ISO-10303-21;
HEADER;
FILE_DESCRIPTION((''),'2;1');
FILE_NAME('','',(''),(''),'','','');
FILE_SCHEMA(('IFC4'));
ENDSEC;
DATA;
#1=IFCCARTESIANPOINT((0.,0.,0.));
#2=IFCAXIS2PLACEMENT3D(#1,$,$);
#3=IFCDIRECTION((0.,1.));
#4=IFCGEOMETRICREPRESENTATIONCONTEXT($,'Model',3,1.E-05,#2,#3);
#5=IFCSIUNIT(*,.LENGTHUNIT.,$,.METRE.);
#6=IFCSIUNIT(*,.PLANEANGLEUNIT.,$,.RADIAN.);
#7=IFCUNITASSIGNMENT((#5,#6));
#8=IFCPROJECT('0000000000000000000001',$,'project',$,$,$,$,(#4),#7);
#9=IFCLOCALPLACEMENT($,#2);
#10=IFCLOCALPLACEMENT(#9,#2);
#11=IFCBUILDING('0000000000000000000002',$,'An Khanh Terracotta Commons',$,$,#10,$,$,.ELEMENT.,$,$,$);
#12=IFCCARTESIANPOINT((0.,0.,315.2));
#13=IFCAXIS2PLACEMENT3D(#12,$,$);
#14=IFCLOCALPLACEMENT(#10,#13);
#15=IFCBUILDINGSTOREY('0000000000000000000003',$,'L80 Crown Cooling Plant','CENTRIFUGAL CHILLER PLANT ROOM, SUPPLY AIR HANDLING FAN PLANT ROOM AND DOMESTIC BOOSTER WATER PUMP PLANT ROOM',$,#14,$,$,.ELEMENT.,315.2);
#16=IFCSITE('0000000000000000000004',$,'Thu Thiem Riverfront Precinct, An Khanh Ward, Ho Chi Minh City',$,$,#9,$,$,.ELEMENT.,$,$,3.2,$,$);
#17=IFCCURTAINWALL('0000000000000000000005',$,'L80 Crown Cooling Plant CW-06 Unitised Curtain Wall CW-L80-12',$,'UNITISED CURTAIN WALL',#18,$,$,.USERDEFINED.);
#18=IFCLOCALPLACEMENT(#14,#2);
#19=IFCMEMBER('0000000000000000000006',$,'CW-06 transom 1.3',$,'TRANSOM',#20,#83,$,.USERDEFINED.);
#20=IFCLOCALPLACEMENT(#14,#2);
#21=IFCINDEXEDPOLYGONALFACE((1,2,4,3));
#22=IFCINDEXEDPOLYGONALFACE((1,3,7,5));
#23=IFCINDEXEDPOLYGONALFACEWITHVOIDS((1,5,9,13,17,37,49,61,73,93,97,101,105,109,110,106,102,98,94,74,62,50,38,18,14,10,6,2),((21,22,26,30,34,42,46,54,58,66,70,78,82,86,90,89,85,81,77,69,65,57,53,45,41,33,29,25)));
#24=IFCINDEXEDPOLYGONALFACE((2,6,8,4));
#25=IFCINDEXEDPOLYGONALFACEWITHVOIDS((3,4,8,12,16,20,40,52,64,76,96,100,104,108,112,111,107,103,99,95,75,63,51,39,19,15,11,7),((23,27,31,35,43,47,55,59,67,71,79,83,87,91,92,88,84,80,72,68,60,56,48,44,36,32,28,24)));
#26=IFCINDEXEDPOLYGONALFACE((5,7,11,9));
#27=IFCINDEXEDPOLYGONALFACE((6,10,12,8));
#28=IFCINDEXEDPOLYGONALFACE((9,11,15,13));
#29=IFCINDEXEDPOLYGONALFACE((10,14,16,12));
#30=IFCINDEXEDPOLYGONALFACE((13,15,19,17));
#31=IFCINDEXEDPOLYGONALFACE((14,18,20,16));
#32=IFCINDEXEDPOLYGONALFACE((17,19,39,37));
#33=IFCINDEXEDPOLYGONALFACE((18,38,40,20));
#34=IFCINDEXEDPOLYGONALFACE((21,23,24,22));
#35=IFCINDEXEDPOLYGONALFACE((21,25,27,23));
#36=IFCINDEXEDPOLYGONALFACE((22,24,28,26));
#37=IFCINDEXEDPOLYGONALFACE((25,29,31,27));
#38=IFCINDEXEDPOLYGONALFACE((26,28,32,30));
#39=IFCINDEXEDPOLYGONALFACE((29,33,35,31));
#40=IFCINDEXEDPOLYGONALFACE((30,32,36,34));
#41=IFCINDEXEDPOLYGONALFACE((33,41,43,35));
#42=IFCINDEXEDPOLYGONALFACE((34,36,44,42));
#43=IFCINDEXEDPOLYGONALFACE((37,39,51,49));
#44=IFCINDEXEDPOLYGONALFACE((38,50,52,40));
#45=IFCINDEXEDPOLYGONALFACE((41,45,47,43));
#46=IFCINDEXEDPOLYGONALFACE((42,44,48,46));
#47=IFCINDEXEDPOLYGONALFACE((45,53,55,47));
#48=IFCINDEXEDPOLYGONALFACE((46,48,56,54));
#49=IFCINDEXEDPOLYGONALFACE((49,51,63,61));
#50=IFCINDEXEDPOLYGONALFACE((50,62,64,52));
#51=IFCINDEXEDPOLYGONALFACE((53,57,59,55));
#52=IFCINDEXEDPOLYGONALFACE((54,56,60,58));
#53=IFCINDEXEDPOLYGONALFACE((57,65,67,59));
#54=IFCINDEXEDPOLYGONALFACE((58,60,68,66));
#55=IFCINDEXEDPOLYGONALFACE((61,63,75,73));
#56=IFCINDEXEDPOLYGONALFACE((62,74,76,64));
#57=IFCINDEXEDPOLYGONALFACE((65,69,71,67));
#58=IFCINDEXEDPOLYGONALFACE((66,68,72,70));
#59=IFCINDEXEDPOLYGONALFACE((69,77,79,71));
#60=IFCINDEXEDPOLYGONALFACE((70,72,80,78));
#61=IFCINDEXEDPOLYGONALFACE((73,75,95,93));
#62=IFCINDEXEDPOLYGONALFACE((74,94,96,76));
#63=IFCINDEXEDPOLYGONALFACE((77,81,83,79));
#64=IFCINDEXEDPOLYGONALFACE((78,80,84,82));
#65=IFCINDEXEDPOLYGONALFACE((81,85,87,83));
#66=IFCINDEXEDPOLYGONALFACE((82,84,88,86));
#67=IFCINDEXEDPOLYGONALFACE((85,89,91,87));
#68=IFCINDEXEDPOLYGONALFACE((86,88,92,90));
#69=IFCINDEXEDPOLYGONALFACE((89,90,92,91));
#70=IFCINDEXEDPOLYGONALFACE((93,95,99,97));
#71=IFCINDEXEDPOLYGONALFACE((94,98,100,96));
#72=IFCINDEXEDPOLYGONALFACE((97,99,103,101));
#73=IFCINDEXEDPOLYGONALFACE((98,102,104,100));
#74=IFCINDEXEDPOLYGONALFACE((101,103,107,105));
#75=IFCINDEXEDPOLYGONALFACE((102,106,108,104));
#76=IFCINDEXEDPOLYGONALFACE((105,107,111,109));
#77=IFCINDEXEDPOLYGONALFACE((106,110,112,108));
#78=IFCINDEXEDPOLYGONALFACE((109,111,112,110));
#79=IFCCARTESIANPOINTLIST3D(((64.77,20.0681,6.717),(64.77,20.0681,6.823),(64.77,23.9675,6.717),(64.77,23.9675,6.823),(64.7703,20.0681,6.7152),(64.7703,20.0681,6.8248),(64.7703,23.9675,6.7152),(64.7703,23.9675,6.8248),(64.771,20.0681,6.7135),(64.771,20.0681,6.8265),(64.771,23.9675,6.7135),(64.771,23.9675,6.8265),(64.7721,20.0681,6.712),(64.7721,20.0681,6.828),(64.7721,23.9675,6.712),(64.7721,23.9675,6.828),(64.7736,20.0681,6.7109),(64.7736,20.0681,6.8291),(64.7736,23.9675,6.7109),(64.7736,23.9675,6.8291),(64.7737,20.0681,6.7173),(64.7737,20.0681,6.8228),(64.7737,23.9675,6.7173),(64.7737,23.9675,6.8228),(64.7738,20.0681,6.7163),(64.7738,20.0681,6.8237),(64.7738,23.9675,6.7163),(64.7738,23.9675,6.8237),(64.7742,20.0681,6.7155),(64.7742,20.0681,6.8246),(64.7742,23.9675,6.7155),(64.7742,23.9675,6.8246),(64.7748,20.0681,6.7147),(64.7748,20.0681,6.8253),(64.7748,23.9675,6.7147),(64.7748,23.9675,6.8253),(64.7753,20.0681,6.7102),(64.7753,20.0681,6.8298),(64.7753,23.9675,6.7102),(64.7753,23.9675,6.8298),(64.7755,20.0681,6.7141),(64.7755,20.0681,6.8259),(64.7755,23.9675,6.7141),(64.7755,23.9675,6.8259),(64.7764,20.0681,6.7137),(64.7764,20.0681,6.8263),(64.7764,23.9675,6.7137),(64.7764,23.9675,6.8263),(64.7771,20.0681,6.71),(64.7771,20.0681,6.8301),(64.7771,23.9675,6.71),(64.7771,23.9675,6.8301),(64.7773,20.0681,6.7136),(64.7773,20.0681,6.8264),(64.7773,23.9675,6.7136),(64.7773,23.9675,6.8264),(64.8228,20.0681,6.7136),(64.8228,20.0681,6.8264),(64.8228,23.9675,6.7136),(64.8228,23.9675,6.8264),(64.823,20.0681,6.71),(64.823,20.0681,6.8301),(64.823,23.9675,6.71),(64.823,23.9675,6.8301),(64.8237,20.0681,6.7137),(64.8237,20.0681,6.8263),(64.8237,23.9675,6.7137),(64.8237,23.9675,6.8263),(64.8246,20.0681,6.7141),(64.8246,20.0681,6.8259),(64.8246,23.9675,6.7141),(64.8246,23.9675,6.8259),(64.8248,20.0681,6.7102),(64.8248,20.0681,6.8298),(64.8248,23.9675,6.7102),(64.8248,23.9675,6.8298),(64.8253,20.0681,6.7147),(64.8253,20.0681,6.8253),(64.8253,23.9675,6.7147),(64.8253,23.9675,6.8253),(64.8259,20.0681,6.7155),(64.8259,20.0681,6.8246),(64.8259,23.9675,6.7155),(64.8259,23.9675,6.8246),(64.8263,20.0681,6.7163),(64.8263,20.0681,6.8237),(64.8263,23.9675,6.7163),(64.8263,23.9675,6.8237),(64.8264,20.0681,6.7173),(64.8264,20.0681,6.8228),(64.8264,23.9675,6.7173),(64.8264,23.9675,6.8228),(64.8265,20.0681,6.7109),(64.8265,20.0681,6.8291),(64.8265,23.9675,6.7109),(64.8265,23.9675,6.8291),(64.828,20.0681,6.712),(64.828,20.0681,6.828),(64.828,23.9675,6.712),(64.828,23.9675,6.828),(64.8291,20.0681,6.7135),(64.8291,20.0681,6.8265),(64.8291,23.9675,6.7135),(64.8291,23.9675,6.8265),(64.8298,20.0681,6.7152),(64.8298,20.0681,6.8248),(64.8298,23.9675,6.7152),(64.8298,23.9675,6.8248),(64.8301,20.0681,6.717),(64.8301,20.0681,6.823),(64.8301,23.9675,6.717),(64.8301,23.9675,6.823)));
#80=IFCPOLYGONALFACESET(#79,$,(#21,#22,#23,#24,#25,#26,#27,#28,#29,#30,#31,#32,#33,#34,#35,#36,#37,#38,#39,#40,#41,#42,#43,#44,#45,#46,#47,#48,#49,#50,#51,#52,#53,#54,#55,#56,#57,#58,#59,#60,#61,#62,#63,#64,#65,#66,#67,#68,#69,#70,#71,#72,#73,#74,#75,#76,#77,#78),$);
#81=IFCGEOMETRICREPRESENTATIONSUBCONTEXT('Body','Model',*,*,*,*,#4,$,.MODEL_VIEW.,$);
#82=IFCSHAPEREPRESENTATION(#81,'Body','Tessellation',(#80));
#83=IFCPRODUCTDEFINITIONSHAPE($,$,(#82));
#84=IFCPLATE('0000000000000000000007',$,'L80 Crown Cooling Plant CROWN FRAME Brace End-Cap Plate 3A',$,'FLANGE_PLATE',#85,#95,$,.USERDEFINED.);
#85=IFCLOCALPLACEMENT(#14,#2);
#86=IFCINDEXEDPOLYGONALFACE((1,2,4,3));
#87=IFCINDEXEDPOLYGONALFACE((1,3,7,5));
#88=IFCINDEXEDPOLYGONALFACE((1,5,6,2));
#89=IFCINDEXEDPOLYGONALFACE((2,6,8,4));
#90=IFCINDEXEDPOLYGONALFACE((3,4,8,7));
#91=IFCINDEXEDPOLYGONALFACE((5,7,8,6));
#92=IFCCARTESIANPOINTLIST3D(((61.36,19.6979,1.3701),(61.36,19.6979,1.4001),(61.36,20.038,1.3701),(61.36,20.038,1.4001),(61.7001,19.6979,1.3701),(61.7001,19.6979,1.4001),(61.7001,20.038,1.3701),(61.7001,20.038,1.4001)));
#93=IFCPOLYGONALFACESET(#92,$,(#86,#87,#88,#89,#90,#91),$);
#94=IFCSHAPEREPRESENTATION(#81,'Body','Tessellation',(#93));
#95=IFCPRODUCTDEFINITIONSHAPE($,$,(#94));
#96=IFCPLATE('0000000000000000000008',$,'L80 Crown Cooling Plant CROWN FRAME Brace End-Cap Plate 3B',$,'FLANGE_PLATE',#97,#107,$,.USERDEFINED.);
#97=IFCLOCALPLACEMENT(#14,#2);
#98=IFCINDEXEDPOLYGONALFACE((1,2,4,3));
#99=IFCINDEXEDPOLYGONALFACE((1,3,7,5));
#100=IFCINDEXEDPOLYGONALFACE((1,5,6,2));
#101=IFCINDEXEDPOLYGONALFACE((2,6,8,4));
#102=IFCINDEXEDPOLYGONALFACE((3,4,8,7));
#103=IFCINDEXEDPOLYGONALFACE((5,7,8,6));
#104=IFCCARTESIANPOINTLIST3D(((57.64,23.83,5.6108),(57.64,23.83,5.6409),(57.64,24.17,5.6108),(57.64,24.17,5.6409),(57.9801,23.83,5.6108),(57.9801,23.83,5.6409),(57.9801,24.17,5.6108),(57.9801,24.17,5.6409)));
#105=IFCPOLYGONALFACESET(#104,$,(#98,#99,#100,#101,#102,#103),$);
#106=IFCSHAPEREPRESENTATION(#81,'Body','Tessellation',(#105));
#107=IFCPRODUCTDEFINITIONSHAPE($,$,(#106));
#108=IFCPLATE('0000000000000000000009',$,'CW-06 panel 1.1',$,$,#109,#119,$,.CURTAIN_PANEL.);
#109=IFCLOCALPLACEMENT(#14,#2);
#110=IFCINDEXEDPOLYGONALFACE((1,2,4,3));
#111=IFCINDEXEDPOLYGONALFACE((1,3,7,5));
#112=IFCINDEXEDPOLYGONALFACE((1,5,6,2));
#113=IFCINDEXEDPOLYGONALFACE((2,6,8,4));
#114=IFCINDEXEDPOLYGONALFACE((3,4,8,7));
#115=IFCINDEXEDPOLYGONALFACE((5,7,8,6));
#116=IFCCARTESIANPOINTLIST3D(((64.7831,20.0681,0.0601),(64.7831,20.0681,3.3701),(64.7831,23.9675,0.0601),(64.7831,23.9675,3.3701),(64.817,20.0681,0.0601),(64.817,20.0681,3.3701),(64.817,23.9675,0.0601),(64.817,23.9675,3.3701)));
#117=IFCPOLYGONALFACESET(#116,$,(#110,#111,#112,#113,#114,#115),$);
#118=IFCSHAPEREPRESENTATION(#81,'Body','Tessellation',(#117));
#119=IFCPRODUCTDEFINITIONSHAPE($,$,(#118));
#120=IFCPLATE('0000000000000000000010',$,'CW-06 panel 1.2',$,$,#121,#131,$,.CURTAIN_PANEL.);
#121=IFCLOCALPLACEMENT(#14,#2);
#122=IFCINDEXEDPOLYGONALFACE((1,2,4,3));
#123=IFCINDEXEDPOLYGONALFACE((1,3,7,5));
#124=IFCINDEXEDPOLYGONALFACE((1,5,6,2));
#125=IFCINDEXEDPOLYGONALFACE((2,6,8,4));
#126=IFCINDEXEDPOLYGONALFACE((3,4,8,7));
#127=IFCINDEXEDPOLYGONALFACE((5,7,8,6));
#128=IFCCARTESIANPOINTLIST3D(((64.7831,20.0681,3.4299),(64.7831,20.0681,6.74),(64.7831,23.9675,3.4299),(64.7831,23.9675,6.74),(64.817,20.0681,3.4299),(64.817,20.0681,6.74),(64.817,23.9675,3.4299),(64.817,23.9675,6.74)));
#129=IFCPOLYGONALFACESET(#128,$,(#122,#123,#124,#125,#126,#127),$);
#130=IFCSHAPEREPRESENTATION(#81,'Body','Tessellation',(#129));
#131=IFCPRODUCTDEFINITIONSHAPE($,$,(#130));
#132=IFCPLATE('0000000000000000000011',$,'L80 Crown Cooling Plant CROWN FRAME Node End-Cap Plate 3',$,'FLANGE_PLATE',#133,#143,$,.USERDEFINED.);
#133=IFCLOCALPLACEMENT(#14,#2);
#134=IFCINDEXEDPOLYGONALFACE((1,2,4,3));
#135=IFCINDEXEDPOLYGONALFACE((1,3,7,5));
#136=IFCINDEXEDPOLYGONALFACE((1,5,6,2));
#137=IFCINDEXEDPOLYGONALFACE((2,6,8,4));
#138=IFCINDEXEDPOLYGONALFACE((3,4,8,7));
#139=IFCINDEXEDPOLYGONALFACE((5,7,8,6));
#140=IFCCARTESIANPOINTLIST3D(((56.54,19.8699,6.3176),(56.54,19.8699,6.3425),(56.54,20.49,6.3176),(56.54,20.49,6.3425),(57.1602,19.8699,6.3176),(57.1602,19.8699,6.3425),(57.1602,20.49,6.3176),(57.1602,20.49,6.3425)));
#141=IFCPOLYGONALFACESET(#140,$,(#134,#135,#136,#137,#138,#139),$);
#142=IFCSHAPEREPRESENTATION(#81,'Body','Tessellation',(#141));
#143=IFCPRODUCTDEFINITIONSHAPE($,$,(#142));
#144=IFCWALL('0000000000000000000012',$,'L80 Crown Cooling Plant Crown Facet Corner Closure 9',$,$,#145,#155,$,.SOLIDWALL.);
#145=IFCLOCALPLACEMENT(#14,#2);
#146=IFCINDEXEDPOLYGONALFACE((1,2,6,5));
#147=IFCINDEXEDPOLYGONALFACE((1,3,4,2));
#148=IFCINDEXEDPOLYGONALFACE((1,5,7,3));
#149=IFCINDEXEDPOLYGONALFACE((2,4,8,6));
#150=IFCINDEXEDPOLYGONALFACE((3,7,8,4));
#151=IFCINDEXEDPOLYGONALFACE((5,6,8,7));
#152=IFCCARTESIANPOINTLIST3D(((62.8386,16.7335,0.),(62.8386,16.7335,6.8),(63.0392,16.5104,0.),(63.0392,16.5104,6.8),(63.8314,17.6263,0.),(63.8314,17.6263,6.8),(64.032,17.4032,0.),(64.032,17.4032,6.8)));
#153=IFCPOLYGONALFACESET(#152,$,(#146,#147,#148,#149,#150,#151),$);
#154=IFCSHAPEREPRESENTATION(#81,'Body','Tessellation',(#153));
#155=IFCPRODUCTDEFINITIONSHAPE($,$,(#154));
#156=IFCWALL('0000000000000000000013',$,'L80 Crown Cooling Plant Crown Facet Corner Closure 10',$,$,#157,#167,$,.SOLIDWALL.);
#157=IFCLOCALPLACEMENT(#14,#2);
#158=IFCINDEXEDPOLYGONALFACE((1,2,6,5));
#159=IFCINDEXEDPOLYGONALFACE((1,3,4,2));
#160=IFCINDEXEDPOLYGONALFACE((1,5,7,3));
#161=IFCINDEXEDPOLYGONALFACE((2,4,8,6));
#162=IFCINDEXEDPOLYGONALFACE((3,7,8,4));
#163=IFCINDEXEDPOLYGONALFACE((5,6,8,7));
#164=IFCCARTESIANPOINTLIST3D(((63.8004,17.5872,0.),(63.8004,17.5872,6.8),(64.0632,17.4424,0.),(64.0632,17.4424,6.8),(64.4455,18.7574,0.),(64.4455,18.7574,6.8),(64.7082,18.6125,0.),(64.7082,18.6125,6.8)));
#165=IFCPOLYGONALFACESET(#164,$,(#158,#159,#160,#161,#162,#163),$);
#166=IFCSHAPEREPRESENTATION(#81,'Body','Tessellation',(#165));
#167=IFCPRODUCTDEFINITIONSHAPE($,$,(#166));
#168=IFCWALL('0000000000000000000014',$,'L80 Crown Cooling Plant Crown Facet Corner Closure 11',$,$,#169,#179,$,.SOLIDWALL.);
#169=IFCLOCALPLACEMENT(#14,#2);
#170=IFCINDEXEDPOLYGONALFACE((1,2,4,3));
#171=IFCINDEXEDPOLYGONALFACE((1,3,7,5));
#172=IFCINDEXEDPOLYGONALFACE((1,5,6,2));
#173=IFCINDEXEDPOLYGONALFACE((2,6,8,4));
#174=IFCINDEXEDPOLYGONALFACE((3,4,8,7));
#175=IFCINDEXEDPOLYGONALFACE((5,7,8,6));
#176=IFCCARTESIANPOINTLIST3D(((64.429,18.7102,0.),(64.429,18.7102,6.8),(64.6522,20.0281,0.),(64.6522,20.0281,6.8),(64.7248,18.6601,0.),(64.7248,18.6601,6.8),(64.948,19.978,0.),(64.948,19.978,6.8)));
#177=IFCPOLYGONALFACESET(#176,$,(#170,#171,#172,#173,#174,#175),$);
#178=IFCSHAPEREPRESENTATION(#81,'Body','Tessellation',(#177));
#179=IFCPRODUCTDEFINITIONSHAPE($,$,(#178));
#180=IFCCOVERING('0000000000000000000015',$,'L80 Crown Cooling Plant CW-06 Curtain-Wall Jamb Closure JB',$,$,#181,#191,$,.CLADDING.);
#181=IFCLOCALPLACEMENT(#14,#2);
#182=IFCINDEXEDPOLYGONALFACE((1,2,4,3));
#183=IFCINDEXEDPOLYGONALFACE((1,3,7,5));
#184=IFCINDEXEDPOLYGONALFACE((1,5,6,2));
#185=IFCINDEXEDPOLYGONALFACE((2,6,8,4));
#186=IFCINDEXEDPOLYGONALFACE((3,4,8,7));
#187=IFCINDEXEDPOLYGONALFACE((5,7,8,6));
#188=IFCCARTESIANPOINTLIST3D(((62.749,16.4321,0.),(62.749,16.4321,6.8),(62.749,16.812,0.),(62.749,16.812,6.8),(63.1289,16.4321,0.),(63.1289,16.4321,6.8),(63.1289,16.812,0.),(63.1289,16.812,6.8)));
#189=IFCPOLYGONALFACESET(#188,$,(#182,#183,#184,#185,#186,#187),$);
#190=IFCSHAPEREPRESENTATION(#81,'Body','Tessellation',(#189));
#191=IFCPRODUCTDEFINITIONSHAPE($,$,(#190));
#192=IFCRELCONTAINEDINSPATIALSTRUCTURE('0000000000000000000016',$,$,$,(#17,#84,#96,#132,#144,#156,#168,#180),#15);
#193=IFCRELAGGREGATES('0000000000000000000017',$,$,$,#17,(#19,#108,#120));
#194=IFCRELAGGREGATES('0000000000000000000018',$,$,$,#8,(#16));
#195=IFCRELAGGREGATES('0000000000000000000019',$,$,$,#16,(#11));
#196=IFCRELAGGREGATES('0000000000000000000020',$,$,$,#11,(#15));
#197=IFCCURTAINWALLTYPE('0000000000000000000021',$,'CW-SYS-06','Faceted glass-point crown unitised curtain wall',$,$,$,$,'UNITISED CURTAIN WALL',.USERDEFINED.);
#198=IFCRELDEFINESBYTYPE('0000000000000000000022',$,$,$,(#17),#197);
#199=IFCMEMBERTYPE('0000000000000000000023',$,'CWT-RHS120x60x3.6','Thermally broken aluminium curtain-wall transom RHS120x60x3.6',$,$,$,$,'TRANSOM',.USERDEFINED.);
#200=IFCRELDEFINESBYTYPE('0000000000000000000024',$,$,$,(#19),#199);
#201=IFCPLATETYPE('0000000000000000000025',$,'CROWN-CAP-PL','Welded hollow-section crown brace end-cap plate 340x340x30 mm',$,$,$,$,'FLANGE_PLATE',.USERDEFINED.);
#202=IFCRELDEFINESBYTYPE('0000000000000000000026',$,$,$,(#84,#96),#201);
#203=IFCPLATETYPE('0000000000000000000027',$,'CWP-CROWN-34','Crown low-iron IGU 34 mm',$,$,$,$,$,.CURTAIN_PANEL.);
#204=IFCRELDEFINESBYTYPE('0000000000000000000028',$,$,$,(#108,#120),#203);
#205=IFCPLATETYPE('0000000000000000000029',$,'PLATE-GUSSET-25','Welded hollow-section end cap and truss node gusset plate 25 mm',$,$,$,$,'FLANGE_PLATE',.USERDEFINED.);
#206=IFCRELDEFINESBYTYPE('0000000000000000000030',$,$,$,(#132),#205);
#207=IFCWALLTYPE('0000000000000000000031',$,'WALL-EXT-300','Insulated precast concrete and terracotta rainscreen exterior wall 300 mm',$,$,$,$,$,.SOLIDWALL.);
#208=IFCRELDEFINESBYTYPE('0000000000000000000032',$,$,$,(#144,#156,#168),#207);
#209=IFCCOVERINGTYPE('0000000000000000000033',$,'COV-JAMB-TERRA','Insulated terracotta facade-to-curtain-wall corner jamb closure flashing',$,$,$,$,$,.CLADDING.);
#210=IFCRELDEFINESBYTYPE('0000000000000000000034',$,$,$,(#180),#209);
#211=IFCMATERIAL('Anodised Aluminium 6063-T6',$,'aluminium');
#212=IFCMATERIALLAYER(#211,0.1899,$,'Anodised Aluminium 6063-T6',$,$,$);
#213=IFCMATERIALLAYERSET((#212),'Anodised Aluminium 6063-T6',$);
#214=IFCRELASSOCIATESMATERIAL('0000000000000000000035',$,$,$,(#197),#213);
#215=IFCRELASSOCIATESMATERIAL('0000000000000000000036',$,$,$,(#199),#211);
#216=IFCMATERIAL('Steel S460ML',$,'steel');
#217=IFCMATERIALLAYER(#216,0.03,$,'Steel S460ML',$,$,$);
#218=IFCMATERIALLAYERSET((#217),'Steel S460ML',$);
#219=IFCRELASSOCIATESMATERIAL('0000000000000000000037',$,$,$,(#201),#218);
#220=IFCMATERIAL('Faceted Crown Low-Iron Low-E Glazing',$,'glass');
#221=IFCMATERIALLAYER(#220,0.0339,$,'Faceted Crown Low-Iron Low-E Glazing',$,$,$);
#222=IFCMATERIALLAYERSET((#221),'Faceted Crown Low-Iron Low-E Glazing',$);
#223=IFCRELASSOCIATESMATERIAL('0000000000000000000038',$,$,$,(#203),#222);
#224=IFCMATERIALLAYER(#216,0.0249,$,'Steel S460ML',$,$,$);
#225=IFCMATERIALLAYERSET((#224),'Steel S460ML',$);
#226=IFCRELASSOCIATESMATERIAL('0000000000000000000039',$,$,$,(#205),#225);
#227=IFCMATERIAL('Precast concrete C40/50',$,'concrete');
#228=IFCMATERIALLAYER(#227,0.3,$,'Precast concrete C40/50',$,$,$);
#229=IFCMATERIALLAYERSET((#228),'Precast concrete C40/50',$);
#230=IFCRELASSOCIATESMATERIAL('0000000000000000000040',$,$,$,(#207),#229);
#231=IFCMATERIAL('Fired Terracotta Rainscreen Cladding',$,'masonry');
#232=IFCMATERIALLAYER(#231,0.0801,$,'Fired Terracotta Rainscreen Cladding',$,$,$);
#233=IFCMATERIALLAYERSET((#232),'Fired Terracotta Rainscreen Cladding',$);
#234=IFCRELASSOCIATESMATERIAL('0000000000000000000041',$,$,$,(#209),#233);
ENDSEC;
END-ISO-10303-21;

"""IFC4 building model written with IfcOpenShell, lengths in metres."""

from ifc_helpers import new_model, si_unit, direction, frame, frame_2d, origin, origin_2d, place, context, subcontext, project, spatial, rectangle, hollow_rectangle, extrude, material, layer, layer_set, material_profile, profile_set, type_object, element, aggregate, save


model = new_model("IFC4")

# Units and contexts
model_context = context("Model", 3, precision=1e-05, world=origin(), true_north=direction((0.0, 1.0)))
body_context = subcontext(model_context, "Body", "Model", "MODEL_VIEW")
ifc_project = project(units=[si_unit("LENGTHUNIT", "METRE"), si_unit("PLANEANGLEUNIT", "RADIAN")], contexts=[model_context])

# Site, building, storey
site_placement = place(None, origin())
site = spatial("IfcSite", under=ifc_project, at=site_placement, Name="Thu Thiem Riverfront Precinct, An Khanh Ward, Ho Chi Minh City", CompositionType="ELEMENT", RefElevation=3.2)
building_placement = place(site_placement, origin())
building = spatial("IfcBuilding", under=site, at=building_placement, Name="An Khanh Terracotta Commons", CompositionType="ELEMENT")
storey_placement = place(building_placement, frame((0.0, 0.0, 315.2)))
storey = spatial("IfcBuildingStorey", under=building, at=storey_placement, Name="L80 Crown Cooling Plant", Description="CENTRIFUGAL CHILLER PLANT ROOM, SUPPLY AIR HANDLING FAN PLANT ROOM AND DOMESTIC BOOSTER WATER PUMP PLANT ROOM", CompositionType="ELEMENT", Elevation=315.2)

# Shared definitions
ifc_material_1 = material(Name="Steel S460ML", Category="steel")

# Shared definitions
ifc_material_2 = material(Name="Anodised Aluminium 6063-T6", Category="aluminium")
ifc_layer_1 = layer(ifc_material_2, 0.1899, Name="Anodised Aluminium 6063-T6")
ifc_layer_set_1 = layer_set([ifc_layer_1], Name="Anodised Aluminium 6063-T6")
curtain_wall_type = type_object("IfcCurtainWallType", Name="CW-SYS-06", Description="Faceted glass-point crown unitised curtain wall", ElementType="UNITISED CURTAIN WALL", PredefinedType="USERDEFINED", material=ifc_layer_set_1)

# Curtain wall, member
curtain_wall_1_placement = place(storey_placement, origin())
curtain_wall_1 = element("IfcCurtainWall", 1, at=curtain_wall_1_placement, inside=storey, type_object=curtain_wall_type, Name="L80 Crown Cooling Plant CW-06 Unitised Curtain Wall CW-L80-12", ObjectType="UNITISED CURTAIN WALL", PredefinedType="USERDEFINED")
ifc_material_profile_1 = material_profile(ifc_material_2, hollow_rectangle(XDim=0.0601, YDim=0.1201, WallThickness=0.0037, InnerFilletRadius=0.0037, OuterFilletRadius=0.0071, at=origin_2d()), Name="RHS120x60x3.6")
ifc_profile_set_1 = profile_set([ifc_material_profile_1], Name="Anodised Aluminium 6063-T6")
member_type_1 = type_object("IfcMemberType", Name="CWT-RHS120x60x3.6", Description="Thermally broken aluminium curtain-wall transom RHS120x60x3.6", ElementType="TRANSOM", PredefinedType="USERDEFINED", material=ifc_profile_set_1)
member_1_placement = place(storey_placement, frame((64.8, 20.0681, 6.77), z_axis=(0.0, 1.0, 0.0), x_axis=(-1.0, 0.0, 0.0)))
member_1 = element("IfcMember", 2, at=member_1_placement, type_object=member_type_1, Name="CW-06 transom 1.3", ObjectType="TRANSOM", PredefinedType="USERDEFINED", context=body_context, shape_type="SweptSolid", body=[
    extrude(hollow_rectangle(XDim=0.0601, YDim=0.1201, WallThickness=0.0037, InnerFilletRadius=0.0037, OuterFilletRadius=0.0071, at=origin_2d()), origin(), (0.0, 0.0, 1.0), 3.8994),
])

# Plates
ifc_layer_2 = layer(ifc_material_1, 0.03, Name="Steel S460ML")
ifc_layer_set_2 = layer_set([ifc_layer_2], Name="Steel S460ML")
plate_type_1 = type_object("IfcPlateType", Name="CROWN-CAP-PL", Description="Welded hollow-section crown brace end-cap plate 340x340x30 mm", ElementType="FLANGE_PLATE", PredefinedType="USERDEFINED", material=ifc_layer_set_2)
for number, where, z_axis, x_axis, name in (
    (3, (61.53, 19.8679, 1.3701), (0.0, 0.0, 1.0), (1.0, 0.0, 0.0), "L80 Crown Cooling Plant CROWN FRAME Brace End-Cap Plate 3A"),
    (4, (57.8101, 24.0, 5.6108), (0.0, 0.0, 1.0), (1.0, 0.0, 0.0), "L80 Crown Cooling Plant CROWN FRAME Brace End-Cap Plate 3B"),
):
    element("IfcPlate", number, at=place(storey_placement, frame(where, z_axis=z_axis, x_axis=x_axis)), inside=storey, type_object=plate_type_1, Name=name, ObjectType="FLANGE_PLATE", PredefinedType="USERDEFINED", context=body_context, shape_type="SweptSolid", body=[
        extrude(rectangle(XDim=0.3401, YDim=0.3401, at=origin_2d()), origin(), (0.0, 0.0, 1.0), 0.03),
    ])

# Plates
ifc_material_3 = material(Name="Faceted Crown Low-Iron Low-E Glazing", Category="glass")
ifc_layer_3 = layer(ifc_material_3, 0.0339, Name="Faceted Crown Low-Iron Low-E Glazing")
ifc_layer_set_3 = layer_set([ifc_layer_3], Name="Faceted Crown Low-Iron Low-E Glazing")
plate_type_2 = type_object("IfcPlateType", Name="CWP-CROWN-34", Description="Crown low-iron IGU 34 mm", PredefinedType="CURTAIN_PANEL", material=ifc_layer_set_3)
plate_1_placement = place(storey_placement, frame((64.8, 22.0178, 0.0601), z_axis=(0.0, 0.0, 1.0), x_axis=(0.0, 1.0, 0.0)))
plate_1 = element("IfcPlate", 5, at=plate_1_placement, type_object=plate_type_2, Name="CW-06 panel 1.1", PredefinedType="CURTAIN_PANEL", context=body_context, shape_type="SweptSolid", body=[
    extrude(rectangle(XDim=3.8994, YDim=0.0339, at=origin_2d()), origin(), (0.0, 0.0, 1.0), 3.3101),
])
plate_2_placement = place(storey_placement, frame((64.8, 22.0178, 3.4299), z_axis=(0.0, 0.0, 1.0), x_axis=(0.0, 1.0, 0.0)))
plate_2 = element("IfcPlate", 6, at=plate_2_placement, type_object=plate_type_2, Name="CW-06 panel 1.2", PredefinedType="CURTAIN_PANEL", context=body_context, shape_type="SweptSolid", body=[
    extrude(rectangle(XDim=3.8994, YDim=0.0339, at=origin_2d()), origin(), (0.0, 0.0, 1.0), 3.3101),
])
aggregate(curtain_wall_1, [member_1, plate_1, plate_2])
ifc_layer_4 = layer(ifc_material_1, 0.0249, Name="Steel S460ML")
ifc_layer_set_4 = layer_set([ifc_layer_4], Name="Steel S460ML")
plate_type_3 = type_object("IfcPlateType", Name="PLATE-GUSSET-25", Description="Welded hollow-section end cap and truss node gusset plate 25 mm", ElementType="FLANGE_PLATE", PredefinedType="USERDEFINED", material=ifc_layer_set_4)
plate_3_placement = place(storey_placement, frame((56.8501, 20.1799, 6.3176), z_axis=(0.0, 0.0, 1.0), x_axis=(1.0, 0.0, 0.0)))
element("IfcPlate", 7, at=plate_3_placement, inside=storey, type_object=plate_type_3, Name="L80 Crown Cooling Plant CROWN FRAME Node End-Cap Plate 3", ObjectType="FLANGE_PLATE", PredefinedType="USERDEFINED", context=body_context, shape_type="SweptSolid", body=[
    extrude(rectangle(XDim=0.6201, YDim=0.6201, at=origin_2d()), origin(), (0.0, 0.0, 1.0), 0.0249),
])

# Walls
ifc_material_4 = material(Name="Precast concrete C40/50", Category="concrete")
ifc_layer_5 = layer(ifc_material_4, 0.3, Name="Precast concrete C40/50")
ifc_layer_set_5 = layer_set([ifc_layer_5], Name="Precast concrete C40/50")
wall_type = type_object("IfcWallType", Name="WALL-EXT-300", Description="Insulated precast concrete and terracotta rainscreen exterior wall 300 mm", PredefinedType="SOLIDWALL", material=ifc_layer_set_5)
wall_1_placement = place(storey_placement, frame((62.939, 16.6221, 0.0), z_axis=(0.0, 0.0, 1.0), x_axis=(0.743594, 0.668631, 0.0)))
element("IfcWall", 8, at=wall_1_placement, inside=storey, type_object=wall_type, Name="L80 Crown Cooling Plant Crown Facet Corner Closure 9", PredefinedType="SOLIDWALL", context=body_context, shape_type="SweptSolid", body=[
    extrude(rectangle(XDim=1.3352, YDim=0.3, at=frame_2d((0.6675, 0.0))), origin(), (0.0, 0.0, 1.0), 6.8),
])
wall_2_placement = place(storey_placement, frame((63.9319, 17.5149, 0.0), z_axis=(0.0, 0.0, 1.0), x_axis=(0.482739, 0.875764, 0.0)))
element("IfcWall", 9, at=wall_2_placement, inside=storey, type_object=wall_type, Name="L80 Crown Cooling Plant Crown Facet Corner Closure 10", PredefinedType="SOLIDWALL", context=body_context, shape_type="SweptSolid", body=[
    extrude(rectangle(XDim=1.3362, YDim=0.3, at=frame_2d((0.668, 0.0))), origin(), (0.0, 0.0, 1.0), 6.8),
])
wall_3_placement = place(storey_placement, frame((64.5769, 18.6851, 0.0), z_axis=(0.0, 0.0, 1.0), x_axis=(0.166946, 0.985966, 0.0)))
element("IfcWall", 10, at=wall_3_placement, inside=storey, type_object=wall_type, Name="L80 Crown Cooling Plant Crown Facet Corner Closure 11", PredefinedType="SOLIDWALL", context=body_context, shape_type="SweptSolid", body=[
    extrude(rectangle(XDim=1.3367, YDim=0.3, at=frame_2d((0.6685, 0.0))), origin(), (0.0, 0.0, 1.0), 6.8),
])

# Covering
ifc_material_5 = material(Name="Fired Terracotta Rainscreen Cladding", Category="masonry")
ifc_layer_6 = layer(ifc_material_5, 0.0801, Name="Fired Terracotta Rainscreen Cladding")
ifc_layer_set_6 = layer_set([ifc_layer_6], Name="Fired Terracotta Rainscreen Cladding")
covering_type = type_object("IfcCoveringType", Name="COV-JAMB-TERRA", Description="Insulated terracotta facade-to-curtain-wall corner jamb closure flashing", PredefinedType="CLADDING", material=ifc_layer_set_6)
for number, where, z_axis, x_axis, name in (
    (11, (62.939, 16.6221, 0.0), (0.0, 0.0, 1.0), (1.0, 0.0, 0.0), "L80 Crown Cooling Plant CW-06 Curtain-Wall Jamb Closure JB"),
):
    element("IfcCovering", number, at=place(storey_placement, frame(where, z_axis=z_axis, x_axis=x_axis)), inside=storey, type_object=covering_type, Name=name, PredefinedType="CLADDING", context=body_context, shape_type="SweptSolid", body=[
        extrude(rectangle(XDim=0.3799, YDim=0.3799, at=origin_2d()), origin(), (0.0, 0.0, 1.0), 6.8),
    ])

save(model, "model.ifc")
